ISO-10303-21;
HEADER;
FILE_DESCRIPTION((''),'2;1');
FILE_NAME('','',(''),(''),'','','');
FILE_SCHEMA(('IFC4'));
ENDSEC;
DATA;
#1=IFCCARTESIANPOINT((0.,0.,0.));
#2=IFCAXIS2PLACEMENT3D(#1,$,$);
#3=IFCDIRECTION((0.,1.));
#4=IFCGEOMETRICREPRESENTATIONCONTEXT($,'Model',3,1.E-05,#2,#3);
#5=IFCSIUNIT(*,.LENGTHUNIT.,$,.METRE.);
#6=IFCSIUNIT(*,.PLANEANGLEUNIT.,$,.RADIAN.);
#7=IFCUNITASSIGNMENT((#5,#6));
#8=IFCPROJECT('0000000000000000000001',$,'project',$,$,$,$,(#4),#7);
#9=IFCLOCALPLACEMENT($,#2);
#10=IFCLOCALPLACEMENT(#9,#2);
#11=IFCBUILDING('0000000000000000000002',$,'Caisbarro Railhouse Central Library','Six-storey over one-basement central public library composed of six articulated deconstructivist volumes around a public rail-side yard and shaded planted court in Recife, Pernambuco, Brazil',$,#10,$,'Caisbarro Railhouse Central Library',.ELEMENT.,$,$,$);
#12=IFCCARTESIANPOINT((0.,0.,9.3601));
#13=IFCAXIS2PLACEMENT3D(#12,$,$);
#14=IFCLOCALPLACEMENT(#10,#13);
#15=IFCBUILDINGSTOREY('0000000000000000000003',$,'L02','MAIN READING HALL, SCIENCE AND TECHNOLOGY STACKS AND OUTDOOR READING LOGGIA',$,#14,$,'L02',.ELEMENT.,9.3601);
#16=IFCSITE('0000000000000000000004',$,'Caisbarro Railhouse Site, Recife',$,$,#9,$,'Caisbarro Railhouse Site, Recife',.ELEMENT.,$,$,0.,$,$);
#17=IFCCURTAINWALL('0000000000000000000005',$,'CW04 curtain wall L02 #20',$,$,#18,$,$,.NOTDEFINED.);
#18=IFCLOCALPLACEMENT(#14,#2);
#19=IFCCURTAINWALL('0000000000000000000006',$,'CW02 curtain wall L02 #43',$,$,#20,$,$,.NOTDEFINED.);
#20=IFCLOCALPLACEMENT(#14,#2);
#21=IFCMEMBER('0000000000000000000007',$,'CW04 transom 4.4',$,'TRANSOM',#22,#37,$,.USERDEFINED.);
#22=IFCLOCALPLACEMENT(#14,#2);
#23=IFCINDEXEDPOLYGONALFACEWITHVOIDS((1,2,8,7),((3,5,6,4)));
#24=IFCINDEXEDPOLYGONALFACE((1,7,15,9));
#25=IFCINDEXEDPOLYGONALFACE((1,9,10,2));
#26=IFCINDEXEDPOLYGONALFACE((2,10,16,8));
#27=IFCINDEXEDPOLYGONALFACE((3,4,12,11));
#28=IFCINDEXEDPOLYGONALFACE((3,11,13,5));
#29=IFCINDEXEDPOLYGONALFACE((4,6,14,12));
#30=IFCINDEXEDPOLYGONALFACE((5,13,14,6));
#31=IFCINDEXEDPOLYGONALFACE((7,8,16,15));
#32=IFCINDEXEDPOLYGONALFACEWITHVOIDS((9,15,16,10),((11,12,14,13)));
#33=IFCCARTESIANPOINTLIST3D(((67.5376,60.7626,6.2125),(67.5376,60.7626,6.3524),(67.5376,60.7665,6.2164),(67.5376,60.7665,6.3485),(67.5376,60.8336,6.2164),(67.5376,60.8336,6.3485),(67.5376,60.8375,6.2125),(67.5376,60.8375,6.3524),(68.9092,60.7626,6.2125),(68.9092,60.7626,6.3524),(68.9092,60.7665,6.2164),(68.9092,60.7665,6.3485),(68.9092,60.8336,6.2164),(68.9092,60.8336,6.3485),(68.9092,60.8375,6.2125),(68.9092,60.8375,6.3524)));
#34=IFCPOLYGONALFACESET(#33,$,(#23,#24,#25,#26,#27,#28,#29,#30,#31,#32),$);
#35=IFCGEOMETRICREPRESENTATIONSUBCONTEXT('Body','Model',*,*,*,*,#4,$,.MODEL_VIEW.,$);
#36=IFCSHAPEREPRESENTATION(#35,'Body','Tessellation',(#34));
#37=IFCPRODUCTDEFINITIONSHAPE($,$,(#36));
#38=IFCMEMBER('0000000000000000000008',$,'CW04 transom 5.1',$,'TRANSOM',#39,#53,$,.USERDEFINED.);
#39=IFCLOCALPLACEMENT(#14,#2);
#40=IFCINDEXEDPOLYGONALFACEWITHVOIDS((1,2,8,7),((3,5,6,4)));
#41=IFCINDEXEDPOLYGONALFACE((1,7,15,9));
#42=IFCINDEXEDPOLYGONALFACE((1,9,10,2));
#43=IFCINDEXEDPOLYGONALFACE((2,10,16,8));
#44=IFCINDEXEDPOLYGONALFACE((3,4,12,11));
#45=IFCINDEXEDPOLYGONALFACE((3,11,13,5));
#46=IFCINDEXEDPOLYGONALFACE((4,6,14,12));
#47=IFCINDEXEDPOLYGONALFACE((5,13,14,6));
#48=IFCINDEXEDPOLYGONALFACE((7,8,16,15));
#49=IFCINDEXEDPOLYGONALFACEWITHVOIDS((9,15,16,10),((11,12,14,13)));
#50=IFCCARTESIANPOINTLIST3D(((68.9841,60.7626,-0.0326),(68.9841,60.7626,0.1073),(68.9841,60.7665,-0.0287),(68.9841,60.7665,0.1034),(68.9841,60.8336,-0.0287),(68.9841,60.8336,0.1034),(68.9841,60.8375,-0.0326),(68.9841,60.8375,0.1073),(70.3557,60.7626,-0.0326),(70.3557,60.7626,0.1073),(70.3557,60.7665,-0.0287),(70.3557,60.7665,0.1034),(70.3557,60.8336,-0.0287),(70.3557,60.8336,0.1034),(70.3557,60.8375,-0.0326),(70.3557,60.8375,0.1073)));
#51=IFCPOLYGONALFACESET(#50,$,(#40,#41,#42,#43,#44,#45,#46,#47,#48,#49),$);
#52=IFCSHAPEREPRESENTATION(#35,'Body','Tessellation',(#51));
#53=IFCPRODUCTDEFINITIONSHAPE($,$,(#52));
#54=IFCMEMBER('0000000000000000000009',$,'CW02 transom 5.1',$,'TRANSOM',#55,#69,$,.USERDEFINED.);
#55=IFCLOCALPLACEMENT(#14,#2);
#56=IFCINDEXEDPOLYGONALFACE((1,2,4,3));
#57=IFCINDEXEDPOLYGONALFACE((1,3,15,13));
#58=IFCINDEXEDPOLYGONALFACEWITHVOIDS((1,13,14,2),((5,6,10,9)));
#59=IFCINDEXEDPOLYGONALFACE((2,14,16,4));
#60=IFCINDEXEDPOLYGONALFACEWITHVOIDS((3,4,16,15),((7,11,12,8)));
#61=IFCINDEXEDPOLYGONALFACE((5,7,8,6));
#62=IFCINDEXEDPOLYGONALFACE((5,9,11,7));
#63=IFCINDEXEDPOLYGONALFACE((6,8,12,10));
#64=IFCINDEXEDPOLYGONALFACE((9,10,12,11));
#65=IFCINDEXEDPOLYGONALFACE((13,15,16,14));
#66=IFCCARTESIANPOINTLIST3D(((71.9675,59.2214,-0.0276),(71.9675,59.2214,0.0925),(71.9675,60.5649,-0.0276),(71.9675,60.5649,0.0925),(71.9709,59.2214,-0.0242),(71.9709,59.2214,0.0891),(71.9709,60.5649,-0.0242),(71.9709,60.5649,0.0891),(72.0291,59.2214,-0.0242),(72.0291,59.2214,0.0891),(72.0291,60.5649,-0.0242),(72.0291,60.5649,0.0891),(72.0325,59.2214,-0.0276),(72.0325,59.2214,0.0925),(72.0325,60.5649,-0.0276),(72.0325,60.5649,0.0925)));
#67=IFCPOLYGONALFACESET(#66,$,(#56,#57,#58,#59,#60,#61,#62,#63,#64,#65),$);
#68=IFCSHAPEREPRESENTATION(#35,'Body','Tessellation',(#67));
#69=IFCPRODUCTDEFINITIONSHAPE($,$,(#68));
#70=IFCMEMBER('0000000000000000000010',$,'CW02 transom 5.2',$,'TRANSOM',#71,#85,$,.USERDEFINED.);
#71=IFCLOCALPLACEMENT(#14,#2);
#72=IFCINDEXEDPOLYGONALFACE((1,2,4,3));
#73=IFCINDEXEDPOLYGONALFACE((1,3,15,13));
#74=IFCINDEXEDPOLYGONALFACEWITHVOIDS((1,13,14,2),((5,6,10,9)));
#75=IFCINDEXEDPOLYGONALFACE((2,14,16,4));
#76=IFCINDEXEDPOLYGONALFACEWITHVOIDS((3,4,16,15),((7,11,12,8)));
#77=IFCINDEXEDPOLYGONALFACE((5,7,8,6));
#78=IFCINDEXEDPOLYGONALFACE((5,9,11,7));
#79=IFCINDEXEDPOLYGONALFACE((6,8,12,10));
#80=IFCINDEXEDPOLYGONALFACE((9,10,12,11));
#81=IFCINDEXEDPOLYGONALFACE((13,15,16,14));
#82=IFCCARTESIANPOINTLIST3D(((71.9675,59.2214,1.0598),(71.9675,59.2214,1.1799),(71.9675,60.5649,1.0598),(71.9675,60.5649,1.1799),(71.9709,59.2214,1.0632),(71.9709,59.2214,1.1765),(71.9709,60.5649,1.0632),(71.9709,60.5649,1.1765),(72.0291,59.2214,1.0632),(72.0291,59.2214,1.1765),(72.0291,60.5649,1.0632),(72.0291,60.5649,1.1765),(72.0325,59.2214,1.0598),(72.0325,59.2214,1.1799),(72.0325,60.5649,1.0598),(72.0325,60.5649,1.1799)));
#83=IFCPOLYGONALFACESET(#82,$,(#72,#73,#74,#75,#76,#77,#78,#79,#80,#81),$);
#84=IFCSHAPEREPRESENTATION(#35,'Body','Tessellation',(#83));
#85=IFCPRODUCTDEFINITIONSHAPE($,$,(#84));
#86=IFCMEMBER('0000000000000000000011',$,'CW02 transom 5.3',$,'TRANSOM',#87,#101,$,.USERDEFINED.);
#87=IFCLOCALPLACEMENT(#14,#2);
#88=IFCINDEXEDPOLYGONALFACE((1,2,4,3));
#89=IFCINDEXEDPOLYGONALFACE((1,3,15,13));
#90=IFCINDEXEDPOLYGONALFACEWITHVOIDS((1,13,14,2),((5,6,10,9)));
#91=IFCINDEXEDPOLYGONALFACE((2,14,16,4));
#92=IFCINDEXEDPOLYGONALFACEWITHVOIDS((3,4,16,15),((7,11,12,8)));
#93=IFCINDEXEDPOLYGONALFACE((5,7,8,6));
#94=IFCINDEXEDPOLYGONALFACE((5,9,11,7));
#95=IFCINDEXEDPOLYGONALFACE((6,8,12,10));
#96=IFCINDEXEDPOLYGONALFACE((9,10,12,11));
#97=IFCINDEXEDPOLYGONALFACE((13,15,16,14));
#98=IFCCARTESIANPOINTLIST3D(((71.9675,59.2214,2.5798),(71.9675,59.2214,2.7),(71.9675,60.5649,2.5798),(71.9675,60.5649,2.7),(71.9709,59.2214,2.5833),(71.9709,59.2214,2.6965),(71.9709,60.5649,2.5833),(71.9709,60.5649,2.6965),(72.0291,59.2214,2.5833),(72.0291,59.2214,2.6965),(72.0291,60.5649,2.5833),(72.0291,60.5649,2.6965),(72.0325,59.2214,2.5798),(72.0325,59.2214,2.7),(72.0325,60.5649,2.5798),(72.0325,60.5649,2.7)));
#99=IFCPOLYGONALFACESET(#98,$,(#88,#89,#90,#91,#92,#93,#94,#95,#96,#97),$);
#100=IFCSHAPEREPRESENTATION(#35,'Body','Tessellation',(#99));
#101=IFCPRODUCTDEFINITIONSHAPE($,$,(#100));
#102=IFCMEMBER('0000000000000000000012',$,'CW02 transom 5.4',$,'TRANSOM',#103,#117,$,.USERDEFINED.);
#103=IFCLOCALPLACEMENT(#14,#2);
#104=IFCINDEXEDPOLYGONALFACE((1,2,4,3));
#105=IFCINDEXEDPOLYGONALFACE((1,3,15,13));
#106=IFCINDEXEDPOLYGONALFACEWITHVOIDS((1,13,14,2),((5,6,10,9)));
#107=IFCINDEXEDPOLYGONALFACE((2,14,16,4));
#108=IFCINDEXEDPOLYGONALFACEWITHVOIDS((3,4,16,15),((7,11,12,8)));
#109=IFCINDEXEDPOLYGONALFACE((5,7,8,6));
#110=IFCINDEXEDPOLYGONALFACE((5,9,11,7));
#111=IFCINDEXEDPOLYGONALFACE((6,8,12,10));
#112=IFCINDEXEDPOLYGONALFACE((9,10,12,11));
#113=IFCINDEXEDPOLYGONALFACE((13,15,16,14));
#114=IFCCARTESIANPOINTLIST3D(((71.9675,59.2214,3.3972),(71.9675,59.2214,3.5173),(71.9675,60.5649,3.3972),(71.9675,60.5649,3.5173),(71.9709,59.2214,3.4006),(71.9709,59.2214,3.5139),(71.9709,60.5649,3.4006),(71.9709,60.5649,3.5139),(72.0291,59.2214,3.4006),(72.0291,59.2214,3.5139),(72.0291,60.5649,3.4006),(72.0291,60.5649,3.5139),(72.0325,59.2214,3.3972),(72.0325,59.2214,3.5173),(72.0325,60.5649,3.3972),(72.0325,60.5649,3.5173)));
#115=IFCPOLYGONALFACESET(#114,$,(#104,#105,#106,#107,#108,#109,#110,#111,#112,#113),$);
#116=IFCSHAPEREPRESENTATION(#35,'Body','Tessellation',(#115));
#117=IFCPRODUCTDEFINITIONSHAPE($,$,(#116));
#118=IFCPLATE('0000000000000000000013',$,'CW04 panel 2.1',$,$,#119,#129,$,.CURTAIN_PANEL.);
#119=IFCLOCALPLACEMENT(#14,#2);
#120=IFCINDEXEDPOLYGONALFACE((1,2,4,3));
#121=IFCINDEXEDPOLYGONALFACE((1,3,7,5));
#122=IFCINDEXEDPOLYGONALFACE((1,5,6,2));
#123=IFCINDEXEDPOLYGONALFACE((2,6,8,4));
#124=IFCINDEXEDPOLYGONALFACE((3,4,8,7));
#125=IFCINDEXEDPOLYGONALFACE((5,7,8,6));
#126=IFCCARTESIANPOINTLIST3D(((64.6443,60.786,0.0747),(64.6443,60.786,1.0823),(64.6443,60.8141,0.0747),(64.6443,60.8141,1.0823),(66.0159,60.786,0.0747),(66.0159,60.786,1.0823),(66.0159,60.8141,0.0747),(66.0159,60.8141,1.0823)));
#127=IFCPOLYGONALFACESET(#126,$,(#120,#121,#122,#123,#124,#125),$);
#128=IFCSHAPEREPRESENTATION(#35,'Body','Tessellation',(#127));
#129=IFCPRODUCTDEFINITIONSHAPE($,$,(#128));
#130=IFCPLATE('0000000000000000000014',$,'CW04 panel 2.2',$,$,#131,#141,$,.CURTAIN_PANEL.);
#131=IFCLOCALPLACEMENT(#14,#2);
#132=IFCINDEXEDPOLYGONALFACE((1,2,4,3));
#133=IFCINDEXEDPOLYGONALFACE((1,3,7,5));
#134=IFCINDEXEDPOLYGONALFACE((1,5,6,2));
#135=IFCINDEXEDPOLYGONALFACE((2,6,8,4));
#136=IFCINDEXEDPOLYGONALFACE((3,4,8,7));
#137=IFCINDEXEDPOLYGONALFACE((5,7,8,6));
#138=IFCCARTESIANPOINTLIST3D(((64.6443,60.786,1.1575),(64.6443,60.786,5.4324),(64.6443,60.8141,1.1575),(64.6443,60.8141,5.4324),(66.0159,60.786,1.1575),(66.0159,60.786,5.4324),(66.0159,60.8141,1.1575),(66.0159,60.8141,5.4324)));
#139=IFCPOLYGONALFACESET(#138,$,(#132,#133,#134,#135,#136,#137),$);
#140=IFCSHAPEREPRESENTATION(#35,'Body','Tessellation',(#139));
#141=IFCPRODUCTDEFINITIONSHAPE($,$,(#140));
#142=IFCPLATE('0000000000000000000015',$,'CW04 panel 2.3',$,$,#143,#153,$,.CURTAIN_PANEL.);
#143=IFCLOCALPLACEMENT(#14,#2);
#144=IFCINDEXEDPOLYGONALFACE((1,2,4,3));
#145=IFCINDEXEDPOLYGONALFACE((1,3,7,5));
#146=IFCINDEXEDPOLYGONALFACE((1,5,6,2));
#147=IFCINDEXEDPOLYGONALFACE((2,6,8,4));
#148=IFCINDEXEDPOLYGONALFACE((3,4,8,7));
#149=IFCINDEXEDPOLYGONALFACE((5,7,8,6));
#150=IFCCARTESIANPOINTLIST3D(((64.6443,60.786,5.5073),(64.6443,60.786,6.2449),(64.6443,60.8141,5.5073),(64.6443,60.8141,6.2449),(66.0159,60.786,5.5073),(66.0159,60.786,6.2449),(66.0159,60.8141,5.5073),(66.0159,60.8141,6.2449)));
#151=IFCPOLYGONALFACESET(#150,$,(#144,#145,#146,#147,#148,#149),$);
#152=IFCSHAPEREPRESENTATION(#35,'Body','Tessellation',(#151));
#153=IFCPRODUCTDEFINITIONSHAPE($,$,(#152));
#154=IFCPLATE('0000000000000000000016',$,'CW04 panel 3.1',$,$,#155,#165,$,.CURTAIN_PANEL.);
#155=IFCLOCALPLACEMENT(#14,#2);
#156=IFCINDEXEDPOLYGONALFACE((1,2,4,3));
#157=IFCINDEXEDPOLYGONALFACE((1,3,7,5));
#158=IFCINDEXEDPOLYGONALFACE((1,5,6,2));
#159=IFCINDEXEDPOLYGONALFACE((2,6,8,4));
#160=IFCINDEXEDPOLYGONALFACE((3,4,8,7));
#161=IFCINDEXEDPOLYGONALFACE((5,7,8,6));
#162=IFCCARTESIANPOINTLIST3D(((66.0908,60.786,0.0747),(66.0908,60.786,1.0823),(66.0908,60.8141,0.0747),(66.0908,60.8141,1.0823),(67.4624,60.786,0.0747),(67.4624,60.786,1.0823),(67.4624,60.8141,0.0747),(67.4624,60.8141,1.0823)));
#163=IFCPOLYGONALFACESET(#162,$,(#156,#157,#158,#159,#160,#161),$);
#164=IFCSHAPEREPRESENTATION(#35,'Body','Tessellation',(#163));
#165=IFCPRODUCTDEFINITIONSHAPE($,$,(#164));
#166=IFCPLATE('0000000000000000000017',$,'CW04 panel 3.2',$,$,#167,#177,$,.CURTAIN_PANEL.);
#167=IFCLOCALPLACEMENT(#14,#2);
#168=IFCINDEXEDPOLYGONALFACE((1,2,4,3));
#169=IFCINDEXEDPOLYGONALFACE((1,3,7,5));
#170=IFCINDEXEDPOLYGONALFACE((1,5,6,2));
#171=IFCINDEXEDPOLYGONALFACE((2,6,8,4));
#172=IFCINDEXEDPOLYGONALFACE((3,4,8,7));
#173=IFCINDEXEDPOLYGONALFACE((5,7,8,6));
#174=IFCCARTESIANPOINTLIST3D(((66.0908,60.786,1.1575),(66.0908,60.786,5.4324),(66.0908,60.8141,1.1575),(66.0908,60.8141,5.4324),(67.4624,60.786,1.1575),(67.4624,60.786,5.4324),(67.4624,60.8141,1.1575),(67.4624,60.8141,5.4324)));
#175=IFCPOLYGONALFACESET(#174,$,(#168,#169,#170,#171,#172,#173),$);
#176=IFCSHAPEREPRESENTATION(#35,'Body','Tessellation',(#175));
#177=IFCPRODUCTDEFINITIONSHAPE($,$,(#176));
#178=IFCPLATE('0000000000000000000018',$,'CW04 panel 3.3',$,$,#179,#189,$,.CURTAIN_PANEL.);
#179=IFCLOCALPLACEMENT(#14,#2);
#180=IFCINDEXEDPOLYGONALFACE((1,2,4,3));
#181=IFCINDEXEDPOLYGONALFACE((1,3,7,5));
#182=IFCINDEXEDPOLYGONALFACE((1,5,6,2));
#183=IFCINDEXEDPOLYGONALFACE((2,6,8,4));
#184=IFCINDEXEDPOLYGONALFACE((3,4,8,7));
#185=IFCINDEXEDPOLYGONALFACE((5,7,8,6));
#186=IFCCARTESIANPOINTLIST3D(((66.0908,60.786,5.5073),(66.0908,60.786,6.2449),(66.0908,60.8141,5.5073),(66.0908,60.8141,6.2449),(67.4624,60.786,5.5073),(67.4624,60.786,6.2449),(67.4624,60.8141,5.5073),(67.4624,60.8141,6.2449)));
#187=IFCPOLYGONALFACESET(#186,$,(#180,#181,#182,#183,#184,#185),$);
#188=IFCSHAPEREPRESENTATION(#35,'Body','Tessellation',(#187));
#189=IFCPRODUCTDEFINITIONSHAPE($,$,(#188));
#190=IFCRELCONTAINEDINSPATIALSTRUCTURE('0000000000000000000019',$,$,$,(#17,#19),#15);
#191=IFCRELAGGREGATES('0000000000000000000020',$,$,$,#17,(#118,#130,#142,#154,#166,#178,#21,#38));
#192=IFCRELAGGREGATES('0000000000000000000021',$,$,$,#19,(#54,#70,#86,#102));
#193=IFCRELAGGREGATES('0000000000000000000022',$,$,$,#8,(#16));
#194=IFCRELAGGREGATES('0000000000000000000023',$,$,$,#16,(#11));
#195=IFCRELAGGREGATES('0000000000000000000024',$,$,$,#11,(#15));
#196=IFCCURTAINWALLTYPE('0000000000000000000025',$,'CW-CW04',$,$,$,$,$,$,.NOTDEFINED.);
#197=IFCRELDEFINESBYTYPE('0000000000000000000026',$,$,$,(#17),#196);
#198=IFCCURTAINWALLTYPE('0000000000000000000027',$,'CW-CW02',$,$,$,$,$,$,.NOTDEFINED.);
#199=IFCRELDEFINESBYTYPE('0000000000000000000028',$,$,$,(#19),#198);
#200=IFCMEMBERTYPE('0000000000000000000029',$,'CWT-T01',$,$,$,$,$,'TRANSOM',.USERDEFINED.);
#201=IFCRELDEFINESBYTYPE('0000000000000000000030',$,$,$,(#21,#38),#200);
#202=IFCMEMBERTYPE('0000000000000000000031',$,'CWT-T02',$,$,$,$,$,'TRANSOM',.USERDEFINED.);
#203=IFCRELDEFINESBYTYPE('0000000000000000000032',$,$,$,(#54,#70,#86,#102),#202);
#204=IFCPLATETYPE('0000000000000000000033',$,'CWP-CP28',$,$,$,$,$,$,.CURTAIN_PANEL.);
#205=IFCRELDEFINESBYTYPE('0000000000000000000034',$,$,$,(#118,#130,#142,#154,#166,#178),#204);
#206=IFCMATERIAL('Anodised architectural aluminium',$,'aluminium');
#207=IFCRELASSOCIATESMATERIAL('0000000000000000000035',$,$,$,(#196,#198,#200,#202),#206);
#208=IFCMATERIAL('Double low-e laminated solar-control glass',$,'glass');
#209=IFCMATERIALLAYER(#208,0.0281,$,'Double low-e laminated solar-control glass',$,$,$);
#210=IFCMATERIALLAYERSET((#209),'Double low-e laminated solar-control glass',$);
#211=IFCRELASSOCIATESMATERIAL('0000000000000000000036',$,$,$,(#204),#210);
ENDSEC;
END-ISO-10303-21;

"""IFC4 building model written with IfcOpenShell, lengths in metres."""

from ifc_helpers import new_model, si_unit, direction, frame, origin, origin_2d, place, context, subcontext, project, spatial, rectangle, hollow_rectangle, extrude, material, layer, layer_set, material_profile, profile_set, type_object, element, aggregate, save


model = new_model("IFC4")

# Units and contexts
model_context = context("Model", 3, precision=1e-05, world=origin(), true_north=direction((0.0, 1.0)))
body_context = subcontext(model_context, "Body", "Model", "MODEL_VIEW")
ifc_project = project(units=[si_unit("LENGTHUNIT", "METRE"), si_unit("PLANEANGLEUNIT", "RADIAN")], contexts=[model_context])

# Site, building, storey
site_placement = place(None, origin())
site = spatial("IfcSite", under=ifc_project, at=site_placement, Name="Caisbarro Railhouse Site, Recife", LongName="Caisbarro Railhouse Site, Recife", CompositionType="ELEMENT", RefElevation=0.0)
building_placement = place(site_placement, origin())
building = spatial("IfcBuilding", under=site, at=building_placement, Name="Caisbarro Railhouse Central Library", Description="Six-storey over one-basement central public library composed of six articulated deconstructivist volumes around a public rail-side yard and shaded planted court in Recife, Pernambuco, Brazil", LongName="Caisbarro Railhouse Central Library", CompositionType="ELEMENT")
storey_placement = place(building_placement, frame((0.0, 0.0, 9.3601)))
storey = spatial("IfcBuildingStorey", under=building, at=storey_placement, Name="L02", Description="MAIN READING HALL, SCIENCE AND TECHNOLOGY STACKS AND OUTDOOR READING LOGGIA", LongName="L02", CompositionType="ELEMENT", Elevation=9.3601)

# Curtain wall
ifc_material_1 = material(Name="Anodised architectural aluminium", Category="aluminium")
curtain_wall_type_1 = type_object("IfcCurtainWallType", Name="CW-CW04", PredefinedType="NOTDEFINED", material=ifc_material_1)
curtain_wall_1_placement = place(storey_placement, origin())
curtain_wall_1 = element("IfcCurtainWall", 1, at=curtain_wall_1_placement, inside=storey, type_object=curtain_wall_type_1, Name="CW04 curtain wall L02 #20", PredefinedType="NOTDEFINED")

# Curtain wall
curtain_wall_type_2 = type_object("IfcCurtainWallType", Name="CW-CW02", PredefinedType="NOTDEFINED", material=ifc_material_1)
curtain_wall_2_placement = place(storey_placement, origin())
curtain_wall_2 = element("IfcCurtainWall", 2, at=curtain_wall_2_placement, inside=storey, type_object=curtain_wall_type_2, Name="CW02 curtain wall L02 #43", PredefinedType="NOTDEFINED")

# Members
ifc_material_profile_1 = material_profile(ifc_material_1, hollow_rectangle(XDim=0.075, YDim=0.1399, WallThickness=0.0039, at=origin_2d()), Name="ALU-TRN-75X140")
ifc_profile_set_1 = profile_set([ifc_material_profile_1], Name="Anodised architectural aluminium")
member_type_1 = type_object("IfcMemberType", Name="CWT-T01", ElementType="TRANSOM", PredefinedType="USERDEFINED", material=ifc_profile_set_1)
member_1_placement = place(storey_placement, frame((67.5376, 60.8, 6.2825), z_axis=(1.0, 0.0, 0.0), x_axis=(0.0, 1.0, 0.0)))
member_1 = element("IfcMember", 3, at=member_1_placement, type_object=member_type_1, Name="CW04 transom 4.4", ObjectType="TRANSOM", PredefinedType="USERDEFINED", context=body_context, shape_type="SweptSolid", body=[
    extrude(hollow_rectangle(XDim=0.075, YDim=0.1399, WallThickness=0.0039, at=origin_2d()), origin(), (0.0, 0.0, 1.0), 1.3716),
])
member_2_placement = place(storey_placement, frame((68.9841, 60.8, 0.0374), z_axis=(1.0, 0.0, 0.0), x_axis=(0.0, 1.0, 0.0)))
member_2 = element("IfcMember", 4, at=member_2_placement, type_object=member_type_1, Name="CW04 transom 5.1", ObjectType="TRANSOM", PredefinedType="USERDEFINED", context=body_context, shape_type="SweptSolid", body=[
    extrude(hollow_rectangle(XDim=0.075, YDim=0.1399, WallThickness=0.0039, at=origin_2d()), origin(), (0.0, 0.0, 1.0), 1.3716),
])
ifc_material_profile_2 = material_profile(ifc_material_1, hollow_rectangle(XDim=0.0649, YDim=0.1201, WallThickness=0.0034, at=origin_2d()), Name="ALU-TRN-65X120")
ifc_profile_set_2 = profile_set([ifc_material_profile_2], Name="Anodised architectural aluminium")
member_type_2 = type_object("IfcMemberType", Name="CWT-T02", ElementType="TRANSOM", PredefinedType="USERDEFINED", material=ifc_profile_set_2)
member_3_placement = place(storey_placement, frame((72.0, 59.2214, 0.0325), z_axis=(0.0, 1.0, 0.0), x_axis=(-1.0, 0.0, 0.0)))
member_3 = element("IfcMember", 5, at=member_3_placement, type_object=member_type_2, Name="CW02 transom 5.1", ObjectType="TRANSOM", PredefinedType="USERDEFINED", context=body_context, shape_type="SweptSolid", body=[
    extrude(hollow_rectangle(XDim=0.0649, YDim=0.1201, WallThickness=0.0034, at=origin_2d()), origin(), (0.0, 0.0, 1.0), 1.3435),
])
member_4_placement = place(storey_placement, frame((72.0, 59.2214, 1.1199), z_axis=(0.0, 1.0, 0.0), x_axis=(-1.0, 0.0, 0.0)))
member_4 = element("IfcMember", 6, at=member_4_placement, type_object=member_type_2, Name="CW02 transom 5.2", ObjectType="TRANSOM", PredefinedType="USERDEFINED", context=body_context, shape_type="SweptSolid", body=[
    extrude(hollow_rectangle(XDim=0.0649, YDim=0.1201, WallThickness=0.0034, at=origin_2d()), origin(), (0.0, 0.0, 1.0), 1.3435),
])
member_5_placement = place(storey_placement, frame((72.0, 59.2214, 2.6399), z_axis=(0.0, 1.0, 0.0), x_axis=(-1.0, 0.0, 0.0)))
member_5 = element("IfcMember", 7, at=member_5_placement, type_object=member_type_2, Name="CW02 transom 5.3", ObjectType="TRANSOM", PredefinedType="USERDEFINED", context=body_context, shape_type="SweptSolid", body=[
    extrude(hollow_rectangle(XDim=0.0649, YDim=0.1201, WallThickness=0.0034, at=origin_2d()), origin(), (0.0, 0.0, 1.0), 1.3435),
])
member_6_placement = place(storey_placement, frame((72.0, 59.2214, 3.4573), z_axis=(0.0, 1.0, 0.0), x_axis=(-1.0, 0.0, 0.0)))
member_6 = element("IfcMember", 8, at=member_6_placement, type_object=member_type_2, Name="CW02 transom 5.4", ObjectType="TRANSOM", PredefinedType="USERDEFINED", context=body_context, shape_type="SweptSolid", body=[
    extrude(hollow_rectangle(XDim=0.0649, YDim=0.1201, WallThickness=0.0034, at=origin_2d()), origin(), (0.0, 0.0, 1.0), 1.3435),
])

# Plates
ifc_material_2 = material(Name="Double low-e laminated solar-control glass", Category="glass")
ifc_layer_1 = layer(ifc_material_2, 0.0281, Name="Double low-e laminated solar-control glass")
ifc_layer_set_1 = layer_set([ifc_layer_1], Name="Double low-e laminated solar-control glass")
plate_type_1 = type_object("IfcPlateType", Name="CWP-CP28", PredefinedType="CURTAIN_PANEL", material=ifc_layer_set_1)
plate_1_placement = place(storey_placement, frame((65.3301, 60.8, 0.0747), z_axis=(0.0, 0.0, 1.0), x_axis=(1.0, 0.0, 0.0)))
plate_1 = element("IfcPlate", 9, at=plate_1_placement, type_object=plate_type_1, Name="CW04 panel 2.1", PredefinedType="CURTAIN_PANEL", context=body_context, shape_type="SweptSolid", body=[
    extrude(rectangle(XDim=1.3716, YDim=0.0281, at=origin_2d()), origin(), (0.0, 0.0, 1.0), 1.0076),
])
plate_2_placement = place(storey_placement, frame((65.3301, 60.8, 1.1575), z_axis=(0.0, 0.0, 1.0), x_axis=(1.0, 0.0, 0.0)))
plate_2 = element("IfcPlate", 10, at=plate_2_placement, type_object=plate_type_1, Name="CW04 panel 2.2", PredefinedType="CURTAIN_PANEL", context=body_context, shape_type="SweptSolid", body=[
    extrude(rectangle(XDim=1.3716, YDim=0.0281, at=origin_2d()), origin(), (0.0, 0.0, 1.0), 4.2749),
])
plate_3_placement = place(storey_placement, frame((65.3301, 60.8, 5.5073), z_axis=(0.0, 0.0, 1.0), x_axis=(1.0, 0.0, 0.0)))
plate_3 = element("IfcPlate", 11, at=plate_3_placement, type_object=plate_type_1, Name="CW04 panel 2.3", PredefinedType="CURTAIN_PANEL", context=body_context, shape_type="SweptSolid", body=[
    extrude(rectangle(XDim=1.3716, YDim=0.0281, at=origin_2d()), origin(), (0.0, 0.0, 1.0), 0.7375),
])
plate_4_placement = place(storey_placement, frame((66.7766, 60.8, 0.0747), z_axis=(0.0, 0.0, 1.0), x_axis=(1.0, 0.0, 0.0)))
plate_4 = element("IfcPlate", 12, at=plate_4_placement, type_object=plate_type_1, Name="CW04 panel 3.1", PredefinedType="CURTAIN_PANEL", context=body_context, shape_type="SweptSolid", body=[
    extrude(rectangle(XDim=1.3716, YDim=0.0281, at=origin_2d()), origin(), (0.0, 0.0, 1.0), 1.0076),
])
plate_5_placement = place(storey_placement, frame((66.7766, 60.8, 1.1575), z_axis=(0.0, 0.0, 1.0), x_axis=(1.0, 0.0, 0.0)))
plate_5 = element("IfcPlate", 13, at=plate_5_placement, type_object=plate_type_1, Name="CW04 panel 3.2", PredefinedType="CURTAIN_PANEL", context=body_context, shape_type="SweptSolid", body=[
    extrude(rectangle(XDim=1.3716, YDim=0.0281, at=origin_2d()), origin(), (0.0, 0.0, 1.0), 4.2749),
])
plate_6_placement = place(storey_placement, frame((66.7766, 60.8, 5.5073), z_axis=(0.0, 0.0, 1.0), x_axis=(1.0, 0.0, 0.0)))
plate_6 = element("IfcPlate", 14, at=plate_6_placement, type_object=plate_type_1, Name="CW04 panel 3.3", PredefinedType="CURTAIN_PANEL", context=body_context, shape_type="SweptSolid", body=[
    extrude(rectangle(XDim=1.3716, YDim=0.0281, at=origin_2d()), origin(), (0.0, 0.0, 1.0), 0.7375),
])
aggregate(curtain_wall_1, [plate_1, plate_2, plate_3, plate_4, plate_5, plate_6, member_1, member_2])
aggregate(curtain_wall_2, [member_3, member_4, member_5, member_6])

save(model, "model.ifc")
